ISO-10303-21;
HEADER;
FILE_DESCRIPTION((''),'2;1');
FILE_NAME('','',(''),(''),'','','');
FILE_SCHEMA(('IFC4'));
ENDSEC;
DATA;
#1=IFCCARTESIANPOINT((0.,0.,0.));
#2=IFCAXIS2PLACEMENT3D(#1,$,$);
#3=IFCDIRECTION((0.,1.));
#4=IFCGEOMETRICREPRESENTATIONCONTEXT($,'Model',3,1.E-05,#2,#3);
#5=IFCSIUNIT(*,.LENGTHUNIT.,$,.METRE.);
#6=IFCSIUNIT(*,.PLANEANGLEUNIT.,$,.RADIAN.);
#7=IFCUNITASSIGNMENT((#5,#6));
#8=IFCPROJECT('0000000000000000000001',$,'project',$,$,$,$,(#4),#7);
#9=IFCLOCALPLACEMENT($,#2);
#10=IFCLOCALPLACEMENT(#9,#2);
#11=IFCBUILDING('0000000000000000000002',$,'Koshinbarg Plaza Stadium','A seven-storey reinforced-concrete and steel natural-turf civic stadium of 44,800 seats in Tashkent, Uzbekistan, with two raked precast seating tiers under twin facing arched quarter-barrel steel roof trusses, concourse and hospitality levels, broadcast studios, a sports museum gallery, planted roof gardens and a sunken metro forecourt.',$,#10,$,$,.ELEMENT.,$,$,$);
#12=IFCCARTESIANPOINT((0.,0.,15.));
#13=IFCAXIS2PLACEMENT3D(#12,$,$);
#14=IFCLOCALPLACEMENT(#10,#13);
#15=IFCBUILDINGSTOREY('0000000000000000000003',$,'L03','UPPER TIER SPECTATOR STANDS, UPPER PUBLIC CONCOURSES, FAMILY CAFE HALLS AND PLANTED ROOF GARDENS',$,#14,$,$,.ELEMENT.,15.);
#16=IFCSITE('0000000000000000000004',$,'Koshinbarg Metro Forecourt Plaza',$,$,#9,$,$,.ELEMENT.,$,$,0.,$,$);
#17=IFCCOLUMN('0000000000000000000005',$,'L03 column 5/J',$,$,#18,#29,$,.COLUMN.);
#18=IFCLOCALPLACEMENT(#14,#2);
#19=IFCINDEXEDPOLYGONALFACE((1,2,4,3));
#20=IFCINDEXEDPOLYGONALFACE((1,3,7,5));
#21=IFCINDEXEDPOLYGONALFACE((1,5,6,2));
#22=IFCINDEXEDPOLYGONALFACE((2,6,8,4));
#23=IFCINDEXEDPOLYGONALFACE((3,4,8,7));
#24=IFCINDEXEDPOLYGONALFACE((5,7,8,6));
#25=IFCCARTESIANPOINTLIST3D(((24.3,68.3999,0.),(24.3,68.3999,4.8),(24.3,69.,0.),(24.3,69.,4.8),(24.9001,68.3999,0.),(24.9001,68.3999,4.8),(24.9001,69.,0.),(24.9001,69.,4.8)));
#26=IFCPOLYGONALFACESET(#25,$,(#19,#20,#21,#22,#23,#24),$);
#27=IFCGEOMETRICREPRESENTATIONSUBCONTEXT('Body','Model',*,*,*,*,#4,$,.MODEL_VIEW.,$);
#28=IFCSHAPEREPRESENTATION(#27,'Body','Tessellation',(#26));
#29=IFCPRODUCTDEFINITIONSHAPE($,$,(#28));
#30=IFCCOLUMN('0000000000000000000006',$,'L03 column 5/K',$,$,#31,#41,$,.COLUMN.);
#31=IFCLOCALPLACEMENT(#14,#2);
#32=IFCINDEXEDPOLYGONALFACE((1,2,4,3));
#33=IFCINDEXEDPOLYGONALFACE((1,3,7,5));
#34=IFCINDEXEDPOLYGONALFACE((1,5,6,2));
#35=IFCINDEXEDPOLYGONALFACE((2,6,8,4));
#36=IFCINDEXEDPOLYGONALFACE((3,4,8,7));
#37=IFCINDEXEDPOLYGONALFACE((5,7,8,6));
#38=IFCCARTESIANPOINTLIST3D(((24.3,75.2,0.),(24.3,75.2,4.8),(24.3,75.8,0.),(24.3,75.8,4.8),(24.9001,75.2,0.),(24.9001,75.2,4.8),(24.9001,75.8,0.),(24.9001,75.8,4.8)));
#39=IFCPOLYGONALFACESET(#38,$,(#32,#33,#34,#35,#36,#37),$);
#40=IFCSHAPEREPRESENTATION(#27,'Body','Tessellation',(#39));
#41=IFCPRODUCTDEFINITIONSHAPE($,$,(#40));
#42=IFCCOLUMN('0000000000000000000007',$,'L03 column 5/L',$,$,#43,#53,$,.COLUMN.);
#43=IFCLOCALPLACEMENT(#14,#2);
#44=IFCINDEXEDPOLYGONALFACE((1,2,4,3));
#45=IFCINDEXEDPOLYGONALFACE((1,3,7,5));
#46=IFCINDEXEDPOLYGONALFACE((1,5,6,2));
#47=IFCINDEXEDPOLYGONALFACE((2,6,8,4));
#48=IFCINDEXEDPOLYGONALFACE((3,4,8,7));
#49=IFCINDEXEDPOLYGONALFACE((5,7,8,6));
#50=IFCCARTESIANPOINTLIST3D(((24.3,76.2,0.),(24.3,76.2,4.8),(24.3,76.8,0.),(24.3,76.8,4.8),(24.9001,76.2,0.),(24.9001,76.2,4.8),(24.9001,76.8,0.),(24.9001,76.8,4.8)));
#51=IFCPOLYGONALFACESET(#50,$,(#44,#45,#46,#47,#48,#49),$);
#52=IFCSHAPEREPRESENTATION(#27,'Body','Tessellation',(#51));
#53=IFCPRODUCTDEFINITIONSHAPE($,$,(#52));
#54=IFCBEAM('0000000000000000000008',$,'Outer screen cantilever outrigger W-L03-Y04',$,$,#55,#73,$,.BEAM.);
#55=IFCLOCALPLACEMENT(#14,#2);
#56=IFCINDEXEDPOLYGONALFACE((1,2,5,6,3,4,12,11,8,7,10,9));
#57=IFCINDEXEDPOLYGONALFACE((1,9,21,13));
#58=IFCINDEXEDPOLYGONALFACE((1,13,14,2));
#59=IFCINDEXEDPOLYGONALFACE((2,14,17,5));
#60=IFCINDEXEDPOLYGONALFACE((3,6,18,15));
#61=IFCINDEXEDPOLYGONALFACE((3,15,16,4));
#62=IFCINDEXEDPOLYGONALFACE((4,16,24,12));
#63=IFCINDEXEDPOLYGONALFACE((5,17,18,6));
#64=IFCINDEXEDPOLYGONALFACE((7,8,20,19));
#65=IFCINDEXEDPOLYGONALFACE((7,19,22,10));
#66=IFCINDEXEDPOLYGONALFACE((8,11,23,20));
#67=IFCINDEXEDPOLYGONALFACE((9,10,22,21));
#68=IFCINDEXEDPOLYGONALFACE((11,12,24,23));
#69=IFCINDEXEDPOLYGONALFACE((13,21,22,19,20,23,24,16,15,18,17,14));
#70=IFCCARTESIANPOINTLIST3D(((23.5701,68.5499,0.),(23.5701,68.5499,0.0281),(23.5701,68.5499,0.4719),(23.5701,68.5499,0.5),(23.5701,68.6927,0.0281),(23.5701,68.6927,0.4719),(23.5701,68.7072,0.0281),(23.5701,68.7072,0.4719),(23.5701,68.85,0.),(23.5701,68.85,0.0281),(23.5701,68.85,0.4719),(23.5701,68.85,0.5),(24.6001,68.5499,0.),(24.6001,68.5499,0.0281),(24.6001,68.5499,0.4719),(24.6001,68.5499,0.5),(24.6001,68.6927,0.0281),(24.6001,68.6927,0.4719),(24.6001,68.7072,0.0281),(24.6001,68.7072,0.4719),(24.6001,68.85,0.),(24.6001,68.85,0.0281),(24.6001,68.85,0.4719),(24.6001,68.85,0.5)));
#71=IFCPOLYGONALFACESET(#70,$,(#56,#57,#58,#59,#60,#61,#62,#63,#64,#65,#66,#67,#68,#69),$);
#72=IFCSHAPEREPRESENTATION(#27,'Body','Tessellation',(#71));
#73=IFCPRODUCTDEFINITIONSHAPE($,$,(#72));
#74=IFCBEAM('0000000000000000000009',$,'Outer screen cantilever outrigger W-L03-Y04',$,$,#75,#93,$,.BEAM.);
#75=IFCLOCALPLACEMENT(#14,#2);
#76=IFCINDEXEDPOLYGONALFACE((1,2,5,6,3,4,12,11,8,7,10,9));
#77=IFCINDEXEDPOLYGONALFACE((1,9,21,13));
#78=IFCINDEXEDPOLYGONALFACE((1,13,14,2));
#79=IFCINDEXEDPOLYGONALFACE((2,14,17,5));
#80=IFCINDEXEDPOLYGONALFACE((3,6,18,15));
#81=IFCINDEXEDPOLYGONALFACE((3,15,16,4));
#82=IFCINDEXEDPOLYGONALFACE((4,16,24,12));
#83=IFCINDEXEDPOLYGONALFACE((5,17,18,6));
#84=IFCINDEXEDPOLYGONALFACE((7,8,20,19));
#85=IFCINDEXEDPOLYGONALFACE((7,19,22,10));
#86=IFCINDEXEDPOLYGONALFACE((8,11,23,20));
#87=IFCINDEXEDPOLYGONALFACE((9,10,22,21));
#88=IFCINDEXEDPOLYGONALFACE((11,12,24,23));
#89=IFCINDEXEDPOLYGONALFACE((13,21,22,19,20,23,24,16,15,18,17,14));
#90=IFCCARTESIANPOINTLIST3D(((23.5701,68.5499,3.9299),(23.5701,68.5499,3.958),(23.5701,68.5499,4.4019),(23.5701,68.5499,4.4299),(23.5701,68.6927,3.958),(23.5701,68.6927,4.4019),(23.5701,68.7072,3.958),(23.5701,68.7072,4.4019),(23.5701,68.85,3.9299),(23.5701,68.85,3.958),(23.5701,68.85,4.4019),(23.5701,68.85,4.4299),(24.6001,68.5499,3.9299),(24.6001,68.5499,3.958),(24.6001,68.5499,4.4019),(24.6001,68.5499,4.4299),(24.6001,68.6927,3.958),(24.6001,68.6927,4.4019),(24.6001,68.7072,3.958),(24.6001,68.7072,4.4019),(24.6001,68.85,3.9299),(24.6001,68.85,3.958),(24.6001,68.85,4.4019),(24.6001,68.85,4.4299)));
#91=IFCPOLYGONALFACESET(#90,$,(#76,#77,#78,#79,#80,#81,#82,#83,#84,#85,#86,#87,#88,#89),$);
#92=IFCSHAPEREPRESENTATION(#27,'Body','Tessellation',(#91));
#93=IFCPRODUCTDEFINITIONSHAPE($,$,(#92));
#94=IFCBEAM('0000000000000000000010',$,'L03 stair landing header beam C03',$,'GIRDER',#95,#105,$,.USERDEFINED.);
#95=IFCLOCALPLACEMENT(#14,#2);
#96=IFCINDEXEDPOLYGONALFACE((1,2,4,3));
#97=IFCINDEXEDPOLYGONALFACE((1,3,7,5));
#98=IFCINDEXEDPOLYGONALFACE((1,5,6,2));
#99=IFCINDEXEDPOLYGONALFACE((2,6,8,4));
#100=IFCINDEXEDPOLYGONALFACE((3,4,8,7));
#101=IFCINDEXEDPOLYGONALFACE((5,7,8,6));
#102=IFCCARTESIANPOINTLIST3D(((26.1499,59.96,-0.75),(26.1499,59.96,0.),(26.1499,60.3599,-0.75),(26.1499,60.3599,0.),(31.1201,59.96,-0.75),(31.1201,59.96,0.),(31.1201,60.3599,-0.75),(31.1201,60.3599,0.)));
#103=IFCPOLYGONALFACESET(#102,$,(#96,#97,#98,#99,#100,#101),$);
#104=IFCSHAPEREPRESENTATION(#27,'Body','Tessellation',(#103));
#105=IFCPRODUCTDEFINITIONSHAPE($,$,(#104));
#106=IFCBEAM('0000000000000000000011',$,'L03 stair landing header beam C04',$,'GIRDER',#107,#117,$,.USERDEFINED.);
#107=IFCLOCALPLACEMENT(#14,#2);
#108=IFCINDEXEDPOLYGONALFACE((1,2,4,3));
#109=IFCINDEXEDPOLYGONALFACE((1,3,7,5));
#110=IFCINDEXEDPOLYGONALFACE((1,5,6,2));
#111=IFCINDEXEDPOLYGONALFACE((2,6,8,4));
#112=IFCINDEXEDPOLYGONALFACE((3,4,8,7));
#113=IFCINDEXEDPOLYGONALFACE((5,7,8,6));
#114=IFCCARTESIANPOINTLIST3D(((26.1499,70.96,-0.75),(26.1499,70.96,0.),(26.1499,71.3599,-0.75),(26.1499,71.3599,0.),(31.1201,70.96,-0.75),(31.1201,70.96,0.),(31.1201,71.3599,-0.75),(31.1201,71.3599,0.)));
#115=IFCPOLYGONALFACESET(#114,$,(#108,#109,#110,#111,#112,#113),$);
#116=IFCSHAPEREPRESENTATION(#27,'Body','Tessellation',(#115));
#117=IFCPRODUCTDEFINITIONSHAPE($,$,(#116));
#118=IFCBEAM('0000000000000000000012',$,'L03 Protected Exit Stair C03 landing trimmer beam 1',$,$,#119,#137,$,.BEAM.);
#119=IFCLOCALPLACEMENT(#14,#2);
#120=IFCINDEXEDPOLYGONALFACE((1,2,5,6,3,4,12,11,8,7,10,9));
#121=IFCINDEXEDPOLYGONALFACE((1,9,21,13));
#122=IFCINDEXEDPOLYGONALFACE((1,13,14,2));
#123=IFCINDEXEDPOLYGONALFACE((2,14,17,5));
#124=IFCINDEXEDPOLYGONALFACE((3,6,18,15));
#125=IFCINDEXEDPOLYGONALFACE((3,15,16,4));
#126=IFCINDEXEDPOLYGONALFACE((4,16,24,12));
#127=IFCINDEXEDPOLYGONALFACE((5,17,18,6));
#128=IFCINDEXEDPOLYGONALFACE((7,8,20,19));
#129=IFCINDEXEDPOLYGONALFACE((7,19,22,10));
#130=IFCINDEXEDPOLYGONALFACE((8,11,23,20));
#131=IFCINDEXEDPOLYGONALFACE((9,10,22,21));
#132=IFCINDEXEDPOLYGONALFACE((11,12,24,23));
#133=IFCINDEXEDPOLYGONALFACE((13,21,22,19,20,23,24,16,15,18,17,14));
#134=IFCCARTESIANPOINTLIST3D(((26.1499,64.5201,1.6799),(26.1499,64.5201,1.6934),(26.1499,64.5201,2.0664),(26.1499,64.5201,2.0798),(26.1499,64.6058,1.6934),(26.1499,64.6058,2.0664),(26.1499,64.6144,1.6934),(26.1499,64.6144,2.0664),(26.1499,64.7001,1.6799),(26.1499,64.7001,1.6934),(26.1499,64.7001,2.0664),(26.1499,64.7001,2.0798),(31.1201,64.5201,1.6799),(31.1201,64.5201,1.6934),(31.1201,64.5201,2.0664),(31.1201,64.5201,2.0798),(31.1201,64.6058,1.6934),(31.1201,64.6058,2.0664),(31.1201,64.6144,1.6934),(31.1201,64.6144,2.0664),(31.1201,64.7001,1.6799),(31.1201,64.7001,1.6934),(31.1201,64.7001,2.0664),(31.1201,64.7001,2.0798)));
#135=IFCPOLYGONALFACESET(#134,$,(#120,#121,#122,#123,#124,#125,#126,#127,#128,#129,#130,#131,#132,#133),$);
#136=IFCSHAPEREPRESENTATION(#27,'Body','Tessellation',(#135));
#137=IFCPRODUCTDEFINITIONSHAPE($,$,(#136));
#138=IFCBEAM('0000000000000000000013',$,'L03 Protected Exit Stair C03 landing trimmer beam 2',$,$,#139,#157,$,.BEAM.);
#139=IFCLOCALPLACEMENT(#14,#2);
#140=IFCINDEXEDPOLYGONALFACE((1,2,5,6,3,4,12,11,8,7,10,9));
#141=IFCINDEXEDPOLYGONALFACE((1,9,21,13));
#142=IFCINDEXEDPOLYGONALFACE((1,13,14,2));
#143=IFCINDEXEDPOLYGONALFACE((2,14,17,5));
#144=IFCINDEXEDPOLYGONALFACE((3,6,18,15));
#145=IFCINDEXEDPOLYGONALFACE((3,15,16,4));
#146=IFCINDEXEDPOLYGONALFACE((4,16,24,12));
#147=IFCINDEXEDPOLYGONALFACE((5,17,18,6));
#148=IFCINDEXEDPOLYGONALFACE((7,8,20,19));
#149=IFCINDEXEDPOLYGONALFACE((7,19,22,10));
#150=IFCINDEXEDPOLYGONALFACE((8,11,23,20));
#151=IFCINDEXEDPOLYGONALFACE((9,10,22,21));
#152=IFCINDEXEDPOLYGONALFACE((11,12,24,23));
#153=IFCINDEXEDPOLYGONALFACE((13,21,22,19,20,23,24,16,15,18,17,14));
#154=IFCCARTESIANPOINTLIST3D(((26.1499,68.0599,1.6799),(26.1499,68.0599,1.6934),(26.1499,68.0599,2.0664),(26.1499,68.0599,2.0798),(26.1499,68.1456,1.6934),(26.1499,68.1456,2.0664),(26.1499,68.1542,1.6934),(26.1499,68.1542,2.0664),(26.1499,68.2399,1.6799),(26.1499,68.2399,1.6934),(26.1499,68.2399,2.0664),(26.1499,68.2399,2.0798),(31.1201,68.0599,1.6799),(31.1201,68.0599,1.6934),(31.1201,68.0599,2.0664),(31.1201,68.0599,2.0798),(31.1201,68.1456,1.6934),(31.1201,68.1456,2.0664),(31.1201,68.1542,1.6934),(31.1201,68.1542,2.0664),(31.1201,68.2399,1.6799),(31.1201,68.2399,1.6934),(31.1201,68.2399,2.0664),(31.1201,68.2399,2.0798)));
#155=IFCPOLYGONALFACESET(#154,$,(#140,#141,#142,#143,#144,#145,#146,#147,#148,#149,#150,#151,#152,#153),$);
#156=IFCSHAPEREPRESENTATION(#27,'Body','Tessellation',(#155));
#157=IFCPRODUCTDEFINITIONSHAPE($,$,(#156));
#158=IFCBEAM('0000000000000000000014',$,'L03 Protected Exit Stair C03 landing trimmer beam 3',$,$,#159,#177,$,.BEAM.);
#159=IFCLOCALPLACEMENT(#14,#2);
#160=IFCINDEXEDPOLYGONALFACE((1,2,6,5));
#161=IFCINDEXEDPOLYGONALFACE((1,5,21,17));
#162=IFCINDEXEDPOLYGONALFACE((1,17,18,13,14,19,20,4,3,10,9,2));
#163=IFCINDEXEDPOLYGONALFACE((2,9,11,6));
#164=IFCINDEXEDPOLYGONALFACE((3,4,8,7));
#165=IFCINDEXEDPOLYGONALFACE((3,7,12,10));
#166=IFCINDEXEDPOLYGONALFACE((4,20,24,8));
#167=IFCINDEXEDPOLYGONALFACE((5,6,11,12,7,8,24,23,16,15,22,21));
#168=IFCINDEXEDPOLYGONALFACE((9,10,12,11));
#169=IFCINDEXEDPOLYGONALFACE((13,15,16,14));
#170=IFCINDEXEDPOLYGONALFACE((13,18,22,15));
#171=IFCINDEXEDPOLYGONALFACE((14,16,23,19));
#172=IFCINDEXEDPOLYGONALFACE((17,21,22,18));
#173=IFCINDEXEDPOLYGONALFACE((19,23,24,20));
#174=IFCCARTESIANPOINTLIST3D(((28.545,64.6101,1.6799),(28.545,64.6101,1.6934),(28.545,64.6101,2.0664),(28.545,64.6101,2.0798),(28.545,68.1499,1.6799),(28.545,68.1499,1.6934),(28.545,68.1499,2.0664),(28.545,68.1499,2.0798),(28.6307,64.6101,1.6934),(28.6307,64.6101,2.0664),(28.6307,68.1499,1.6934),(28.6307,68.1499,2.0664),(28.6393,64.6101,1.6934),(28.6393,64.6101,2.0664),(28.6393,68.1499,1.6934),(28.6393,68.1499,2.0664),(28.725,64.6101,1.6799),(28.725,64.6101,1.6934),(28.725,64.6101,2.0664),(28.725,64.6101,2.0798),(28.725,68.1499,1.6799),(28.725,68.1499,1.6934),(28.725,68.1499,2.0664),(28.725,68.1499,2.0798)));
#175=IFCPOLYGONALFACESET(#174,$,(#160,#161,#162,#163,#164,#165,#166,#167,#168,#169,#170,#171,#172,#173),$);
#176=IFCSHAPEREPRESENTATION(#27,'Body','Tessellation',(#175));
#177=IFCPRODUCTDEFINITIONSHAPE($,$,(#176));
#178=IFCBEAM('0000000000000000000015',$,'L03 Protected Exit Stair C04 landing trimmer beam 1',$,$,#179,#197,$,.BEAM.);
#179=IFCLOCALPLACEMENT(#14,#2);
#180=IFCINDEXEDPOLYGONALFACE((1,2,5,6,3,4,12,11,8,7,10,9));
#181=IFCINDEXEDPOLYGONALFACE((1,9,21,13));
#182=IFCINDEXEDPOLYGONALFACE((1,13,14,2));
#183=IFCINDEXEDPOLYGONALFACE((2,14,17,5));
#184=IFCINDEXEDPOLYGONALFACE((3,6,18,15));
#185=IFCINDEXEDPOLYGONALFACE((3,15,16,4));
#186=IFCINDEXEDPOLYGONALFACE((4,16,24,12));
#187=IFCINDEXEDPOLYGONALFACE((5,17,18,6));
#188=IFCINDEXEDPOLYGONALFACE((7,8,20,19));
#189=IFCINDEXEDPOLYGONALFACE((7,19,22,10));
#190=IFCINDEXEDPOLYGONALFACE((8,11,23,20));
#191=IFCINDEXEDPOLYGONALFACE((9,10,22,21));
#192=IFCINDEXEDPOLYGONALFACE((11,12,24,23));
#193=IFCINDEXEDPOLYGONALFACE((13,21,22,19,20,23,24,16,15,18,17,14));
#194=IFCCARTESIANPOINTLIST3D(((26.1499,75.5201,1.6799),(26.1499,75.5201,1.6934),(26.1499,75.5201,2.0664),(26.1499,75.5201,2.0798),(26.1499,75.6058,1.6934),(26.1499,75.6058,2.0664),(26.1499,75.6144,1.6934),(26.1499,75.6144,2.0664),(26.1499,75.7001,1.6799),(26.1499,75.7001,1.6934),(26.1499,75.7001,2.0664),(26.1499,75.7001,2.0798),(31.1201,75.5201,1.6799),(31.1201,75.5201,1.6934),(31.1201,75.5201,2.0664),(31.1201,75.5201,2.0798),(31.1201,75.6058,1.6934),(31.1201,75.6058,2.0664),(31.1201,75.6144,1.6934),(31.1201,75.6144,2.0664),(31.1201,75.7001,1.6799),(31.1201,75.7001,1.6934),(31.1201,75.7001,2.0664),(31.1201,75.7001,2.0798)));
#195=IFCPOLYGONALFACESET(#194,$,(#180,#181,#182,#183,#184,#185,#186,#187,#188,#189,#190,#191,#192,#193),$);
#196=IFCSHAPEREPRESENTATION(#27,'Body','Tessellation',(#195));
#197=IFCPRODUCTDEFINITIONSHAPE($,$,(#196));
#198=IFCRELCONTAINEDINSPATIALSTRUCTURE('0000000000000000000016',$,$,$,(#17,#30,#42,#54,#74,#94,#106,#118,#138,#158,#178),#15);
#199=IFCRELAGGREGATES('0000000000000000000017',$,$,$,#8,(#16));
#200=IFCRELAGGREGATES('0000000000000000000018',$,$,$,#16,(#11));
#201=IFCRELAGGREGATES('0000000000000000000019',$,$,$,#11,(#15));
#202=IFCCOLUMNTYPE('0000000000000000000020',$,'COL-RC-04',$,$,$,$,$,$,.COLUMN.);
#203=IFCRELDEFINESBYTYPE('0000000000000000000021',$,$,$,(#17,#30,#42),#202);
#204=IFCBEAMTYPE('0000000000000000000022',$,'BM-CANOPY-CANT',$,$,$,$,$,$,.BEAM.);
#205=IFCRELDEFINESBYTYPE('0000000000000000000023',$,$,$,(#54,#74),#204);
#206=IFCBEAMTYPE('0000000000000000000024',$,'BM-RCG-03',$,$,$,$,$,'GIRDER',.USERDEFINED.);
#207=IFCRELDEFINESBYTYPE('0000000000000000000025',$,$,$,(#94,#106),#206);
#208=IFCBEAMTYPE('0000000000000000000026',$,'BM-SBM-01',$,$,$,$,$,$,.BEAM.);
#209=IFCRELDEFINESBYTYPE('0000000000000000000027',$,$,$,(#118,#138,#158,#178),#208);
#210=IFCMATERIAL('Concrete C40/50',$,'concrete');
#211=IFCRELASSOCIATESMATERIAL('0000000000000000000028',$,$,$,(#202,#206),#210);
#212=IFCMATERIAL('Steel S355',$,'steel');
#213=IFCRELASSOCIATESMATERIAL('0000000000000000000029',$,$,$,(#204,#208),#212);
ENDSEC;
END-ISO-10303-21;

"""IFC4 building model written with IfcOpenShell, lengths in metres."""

from ifc_helpers import new_model, si_unit, direction, frame, origin, origin_2d, place, context, subcontext, project, spatial, rectangle, i_section, extrude, material, material_profile, profile_set, type_object, element, save


model = new_model("IFC4")

# Units and contexts
model_context = context("Model", 3, precision=1e-05, world=origin(), true_north=direction((0.0, 1.0)))
body_context = subcontext(model_context, "Body", "Model", "MODEL_VIEW")
ifc_project = project(units=[si_unit("LENGTHUNIT", "METRE"), si_unit("PLANEANGLEUNIT", "RADIAN")], contexts=[model_context])

# Site, building, storey
site_placement = place(None, origin())
site = spatial("IfcSite", under=ifc_project, at=site_placement, Name="Koshinbarg Metro Forecourt Plaza", CompositionType="ELEMENT", RefElevation=0.0)
building_placement = place(site_placement, origin())
building = spatial("IfcBuilding", under=site, at=building_placement, Name="Koshinbarg Plaza Stadium", Description="A seven-storey reinforced-concrete and steel natural-turf civic stadium of 44,800 seats in Tashkent, Uzbekistan, with two raked precast seating tiers under twin facing arched quarter-barrel steel roof trusses, concourse and hospitality levels, broadcast studios, a sports museum gallery, planted roof gardens and a sunken metro forecourt.", CompositionType="ELEMENT")
storey_placement = place(building_placement, frame((0.0, 0.0, 15.0)))
storey = spatial("IfcBuildingStorey", under=building, at=storey_placement, Name="L03", Description="UPPER TIER SPECTATOR STANDS, UPPER PUBLIC CONCOURSES, FAMILY CAFE HALLS AND PLANTED ROOF GARDENS", CompositionType="ELEMENT", Elevation=15.0)

# Columns
ifc_material_1 = material(Name="Concrete C40/50", Category="concrete")
ifc_material_profile_1 = material_profile(ifc_material_1, rectangle(XDim=0.6001, YDim=0.6001, at=origin_2d()), Name="RC 600x600")
ifc_profile_set_1 = profile_set([ifc_material_profile_1], Name="Concrete C40/50")
column_type = type_object("IfcColumnType", Name="COL-RC-04", PredefinedType="COLUMN", material=ifc_profile_set_1)
for number, where, z_axis, x_axis, name in (
    (1, (24.6001, 68.7, 0.0), (0.0, 0.0, 1.0), (1.0, 0.0, 0.0), "L03 column 5/J"),
    (2, (24.6001, 75.5, 0.0), (0.0, 0.0, 1.0), (1.0, 0.0, 0.0), "L03 column 5/K"),
    (3, (24.6001, 76.5, 0.0), (0.0, 0.0, 1.0), (1.0, 0.0, 0.0), "L03 column 5/L"),
):
    element("IfcColumn", number, at=place(storey_placement, frame(where, z_axis=z_axis, x_axis=x_axis)), inside=storey, type_object=column_type, Name=name, PredefinedType="COLUMN", context=body_context, shape_type="SweptSolid", body=[
        extrude(rectangle(XDim=0.6001, YDim=0.6001, at=origin_2d()), origin(), (0.0, 0.0, 1.0), 4.8),
    ])

# Beams
ifc_material_2 = material(Name="Steel S355", Category="steel")
ifc_material_profile_2 = material_profile(ifc_material_2, i_section(OverallWidth=0.3, OverallDepth=0.5, WebThickness=0.0144, FlangeThickness=0.0281, at=origin_2d()), Name="HEB 500")
ifc_profile_set_2 = profile_set([ifc_material_profile_2], Name="Steel S355")
beam_type_1 = type_object("IfcBeamType", Name="BM-CANOPY-CANT", PredefinedType="BEAM", material=ifc_profile_set_2)
for number, where, z_axis, x_axis, name in (
    (4, (24.6001, 68.7, 0.25), (-1.0, 0.0, 0.0), (0.0, -1.0, 0.0), "Outer screen cantilever outrigger W-L03-Y04"),
    (5, (24.6001, 68.7, 4.1799), (-1.0, 0.0, 0.0), (0.0, -1.0, 0.0), "Outer screen cantilever outrigger W-L03-Y04"),
):
    element("IfcBeam", number, at=place(storey_placement, frame(where, z_axis=z_axis, x_axis=x_axis)), inside=storey, type_object=beam_type_1, Name=name, PredefinedType="BEAM", context=body_context, shape_type="SweptSolid", body=[
        extrude(i_section(OverallWidth=0.3, OverallDepth=0.5, WebThickness=0.0144, FlangeThickness=0.0281, at=origin_2d()), origin(), (0.0, 0.0, 1.0), 1.03),
    ])
ifc_material_profile_3 = material_profile(ifc_material_1, rectangle(XDim=0.3999, YDim=0.75, at=origin_2d()), Name="RC 400x750")
ifc_profile_set_3 = profile_set([ifc_material_profile_3], Name="Concrete C40/50")
beam_type_2 = type_object("IfcBeamType", Name="BM-RCG-03", ElementType="GIRDER", PredefinedType="USERDEFINED", material=ifc_profile_set_3)
for number, where, z_axis, x_axis, name in (
    (6, (26.1499, 60.1599, -0.375), (1.0, 0.0, 0.0), (0.0, 1.0, 0.0), "L03 stair landing header beam C03"),
    (7, (26.1499, 71.1599, -0.375), (1.0, 0.0, 0.0), (0.0, 1.0, 0.0), "L03 stair landing header beam C04"),
):
    element("IfcBeam", number, at=place(storey_placement, frame(where, z_axis=z_axis, x_axis=x_axis)), inside=storey, type_object=beam_type_2, Name=name, ObjectType="GIRDER", PredefinedType="USERDEFINED", context=body_context, shape_type="SweptSolid", body=[
        extrude(rectangle(XDim=0.3999, YDim=0.75, at=origin_2d()), origin(), (0.0, 0.0, 1.0), 4.9702),
    ])
ifc_material_profile_4 = material_profile(ifc_material_2, i_section(OverallWidth=0.1799, OverallDepth=0.3999, WebThickness=0.0085, FlangeThickness=0.0134, at=origin_2d()), Name="IPE 400")
ifc_profile_set_4 = profile_set([ifc_material_profile_4], Name="Steel S355")
beam_type_3 = type_object("IfcBeamType", Name="BM-SBM-01", PredefinedType="BEAM", material=ifc_profile_set_4)
for number, where, z_axis, x_axis, name in (
    (8, (26.1499, 64.6101, 1.8799), (1.0, 0.0, 0.0), (0.0, 1.0, 0.0), "L03 Protected Exit Stair C03 landing trimmer beam 1"),
    (9, (26.1499, 68.1499, 1.8799), (1.0, 0.0, 0.0), (0.0, 1.0, 0.0), "L03 Protected Exit Stair C03 landing trimmer beam 2"),
):
    element("IfcBeam", number, at=place(storey_placement, frame(where, z_axis=z_axis, x_axis=x_axis)), inside=storey, type_object=beam_type_3, Name=name, PredefinedType="BEAM", context=body_context, shape_type="SweptSolid", body=[
        extrude(i_section(OverallWidth=0.1799, OverallDepth=0.3999, WebThickness=0.0085, FlangeThickness=0.0134, at=origin_2d()), origin(), (0.0, 0.0, 1.0), 4.9702),
    ])
beam_1_placement = place(storey_placement, frame((28.635, 64.6101, 1.8799), z_axis=(0.0, 1.0, 0.0), x_axis=(-1.0, 0.0, 0.0)))
element("IfcBeam", 10, at=beam_1_placement, inside=storey, type_object=beam_type_3, Name="L03 Protected Exit Stair C03 landing trimmer beam 3", PredefinedType="BEAM", context=body_context, shape_type="SweptSolid", body=[
    extrude(i_section(OverallWidth=0.1799, OverallDepth=0.3999, WebThickness=0.0085, FlangeThickness=0.0134, at=origin_2d()), origin(), (0.0, 0.0, 1.0), 3.5398),
])
beam_2_placement = place(storey_placement, frame((26.1499, 75.6101, 1.8799), z_axis=(1.0, 0.0, 0.0), x_axis=(0.0, 1.0, 0.0)))
element("IfcBeam", 11, at=beam_2_placement, inside=storey, type_object=beam_type_3, Name="L03 Protected Exit Stair C04 landing trimmer beam 1", PredefinedType="BEAM", context=body_context, shape_type="SweptSolid", body=[
    extrude(i_section(OverallWidth=0.1799, OverallDepth=0.3999, WebThickness=0.0085, FlangeThickness=0.0134, at=origin_2d()), origin(), (0.0, 0.0, 1.0), 4.9702),
])

save(model, "model.ifc")
